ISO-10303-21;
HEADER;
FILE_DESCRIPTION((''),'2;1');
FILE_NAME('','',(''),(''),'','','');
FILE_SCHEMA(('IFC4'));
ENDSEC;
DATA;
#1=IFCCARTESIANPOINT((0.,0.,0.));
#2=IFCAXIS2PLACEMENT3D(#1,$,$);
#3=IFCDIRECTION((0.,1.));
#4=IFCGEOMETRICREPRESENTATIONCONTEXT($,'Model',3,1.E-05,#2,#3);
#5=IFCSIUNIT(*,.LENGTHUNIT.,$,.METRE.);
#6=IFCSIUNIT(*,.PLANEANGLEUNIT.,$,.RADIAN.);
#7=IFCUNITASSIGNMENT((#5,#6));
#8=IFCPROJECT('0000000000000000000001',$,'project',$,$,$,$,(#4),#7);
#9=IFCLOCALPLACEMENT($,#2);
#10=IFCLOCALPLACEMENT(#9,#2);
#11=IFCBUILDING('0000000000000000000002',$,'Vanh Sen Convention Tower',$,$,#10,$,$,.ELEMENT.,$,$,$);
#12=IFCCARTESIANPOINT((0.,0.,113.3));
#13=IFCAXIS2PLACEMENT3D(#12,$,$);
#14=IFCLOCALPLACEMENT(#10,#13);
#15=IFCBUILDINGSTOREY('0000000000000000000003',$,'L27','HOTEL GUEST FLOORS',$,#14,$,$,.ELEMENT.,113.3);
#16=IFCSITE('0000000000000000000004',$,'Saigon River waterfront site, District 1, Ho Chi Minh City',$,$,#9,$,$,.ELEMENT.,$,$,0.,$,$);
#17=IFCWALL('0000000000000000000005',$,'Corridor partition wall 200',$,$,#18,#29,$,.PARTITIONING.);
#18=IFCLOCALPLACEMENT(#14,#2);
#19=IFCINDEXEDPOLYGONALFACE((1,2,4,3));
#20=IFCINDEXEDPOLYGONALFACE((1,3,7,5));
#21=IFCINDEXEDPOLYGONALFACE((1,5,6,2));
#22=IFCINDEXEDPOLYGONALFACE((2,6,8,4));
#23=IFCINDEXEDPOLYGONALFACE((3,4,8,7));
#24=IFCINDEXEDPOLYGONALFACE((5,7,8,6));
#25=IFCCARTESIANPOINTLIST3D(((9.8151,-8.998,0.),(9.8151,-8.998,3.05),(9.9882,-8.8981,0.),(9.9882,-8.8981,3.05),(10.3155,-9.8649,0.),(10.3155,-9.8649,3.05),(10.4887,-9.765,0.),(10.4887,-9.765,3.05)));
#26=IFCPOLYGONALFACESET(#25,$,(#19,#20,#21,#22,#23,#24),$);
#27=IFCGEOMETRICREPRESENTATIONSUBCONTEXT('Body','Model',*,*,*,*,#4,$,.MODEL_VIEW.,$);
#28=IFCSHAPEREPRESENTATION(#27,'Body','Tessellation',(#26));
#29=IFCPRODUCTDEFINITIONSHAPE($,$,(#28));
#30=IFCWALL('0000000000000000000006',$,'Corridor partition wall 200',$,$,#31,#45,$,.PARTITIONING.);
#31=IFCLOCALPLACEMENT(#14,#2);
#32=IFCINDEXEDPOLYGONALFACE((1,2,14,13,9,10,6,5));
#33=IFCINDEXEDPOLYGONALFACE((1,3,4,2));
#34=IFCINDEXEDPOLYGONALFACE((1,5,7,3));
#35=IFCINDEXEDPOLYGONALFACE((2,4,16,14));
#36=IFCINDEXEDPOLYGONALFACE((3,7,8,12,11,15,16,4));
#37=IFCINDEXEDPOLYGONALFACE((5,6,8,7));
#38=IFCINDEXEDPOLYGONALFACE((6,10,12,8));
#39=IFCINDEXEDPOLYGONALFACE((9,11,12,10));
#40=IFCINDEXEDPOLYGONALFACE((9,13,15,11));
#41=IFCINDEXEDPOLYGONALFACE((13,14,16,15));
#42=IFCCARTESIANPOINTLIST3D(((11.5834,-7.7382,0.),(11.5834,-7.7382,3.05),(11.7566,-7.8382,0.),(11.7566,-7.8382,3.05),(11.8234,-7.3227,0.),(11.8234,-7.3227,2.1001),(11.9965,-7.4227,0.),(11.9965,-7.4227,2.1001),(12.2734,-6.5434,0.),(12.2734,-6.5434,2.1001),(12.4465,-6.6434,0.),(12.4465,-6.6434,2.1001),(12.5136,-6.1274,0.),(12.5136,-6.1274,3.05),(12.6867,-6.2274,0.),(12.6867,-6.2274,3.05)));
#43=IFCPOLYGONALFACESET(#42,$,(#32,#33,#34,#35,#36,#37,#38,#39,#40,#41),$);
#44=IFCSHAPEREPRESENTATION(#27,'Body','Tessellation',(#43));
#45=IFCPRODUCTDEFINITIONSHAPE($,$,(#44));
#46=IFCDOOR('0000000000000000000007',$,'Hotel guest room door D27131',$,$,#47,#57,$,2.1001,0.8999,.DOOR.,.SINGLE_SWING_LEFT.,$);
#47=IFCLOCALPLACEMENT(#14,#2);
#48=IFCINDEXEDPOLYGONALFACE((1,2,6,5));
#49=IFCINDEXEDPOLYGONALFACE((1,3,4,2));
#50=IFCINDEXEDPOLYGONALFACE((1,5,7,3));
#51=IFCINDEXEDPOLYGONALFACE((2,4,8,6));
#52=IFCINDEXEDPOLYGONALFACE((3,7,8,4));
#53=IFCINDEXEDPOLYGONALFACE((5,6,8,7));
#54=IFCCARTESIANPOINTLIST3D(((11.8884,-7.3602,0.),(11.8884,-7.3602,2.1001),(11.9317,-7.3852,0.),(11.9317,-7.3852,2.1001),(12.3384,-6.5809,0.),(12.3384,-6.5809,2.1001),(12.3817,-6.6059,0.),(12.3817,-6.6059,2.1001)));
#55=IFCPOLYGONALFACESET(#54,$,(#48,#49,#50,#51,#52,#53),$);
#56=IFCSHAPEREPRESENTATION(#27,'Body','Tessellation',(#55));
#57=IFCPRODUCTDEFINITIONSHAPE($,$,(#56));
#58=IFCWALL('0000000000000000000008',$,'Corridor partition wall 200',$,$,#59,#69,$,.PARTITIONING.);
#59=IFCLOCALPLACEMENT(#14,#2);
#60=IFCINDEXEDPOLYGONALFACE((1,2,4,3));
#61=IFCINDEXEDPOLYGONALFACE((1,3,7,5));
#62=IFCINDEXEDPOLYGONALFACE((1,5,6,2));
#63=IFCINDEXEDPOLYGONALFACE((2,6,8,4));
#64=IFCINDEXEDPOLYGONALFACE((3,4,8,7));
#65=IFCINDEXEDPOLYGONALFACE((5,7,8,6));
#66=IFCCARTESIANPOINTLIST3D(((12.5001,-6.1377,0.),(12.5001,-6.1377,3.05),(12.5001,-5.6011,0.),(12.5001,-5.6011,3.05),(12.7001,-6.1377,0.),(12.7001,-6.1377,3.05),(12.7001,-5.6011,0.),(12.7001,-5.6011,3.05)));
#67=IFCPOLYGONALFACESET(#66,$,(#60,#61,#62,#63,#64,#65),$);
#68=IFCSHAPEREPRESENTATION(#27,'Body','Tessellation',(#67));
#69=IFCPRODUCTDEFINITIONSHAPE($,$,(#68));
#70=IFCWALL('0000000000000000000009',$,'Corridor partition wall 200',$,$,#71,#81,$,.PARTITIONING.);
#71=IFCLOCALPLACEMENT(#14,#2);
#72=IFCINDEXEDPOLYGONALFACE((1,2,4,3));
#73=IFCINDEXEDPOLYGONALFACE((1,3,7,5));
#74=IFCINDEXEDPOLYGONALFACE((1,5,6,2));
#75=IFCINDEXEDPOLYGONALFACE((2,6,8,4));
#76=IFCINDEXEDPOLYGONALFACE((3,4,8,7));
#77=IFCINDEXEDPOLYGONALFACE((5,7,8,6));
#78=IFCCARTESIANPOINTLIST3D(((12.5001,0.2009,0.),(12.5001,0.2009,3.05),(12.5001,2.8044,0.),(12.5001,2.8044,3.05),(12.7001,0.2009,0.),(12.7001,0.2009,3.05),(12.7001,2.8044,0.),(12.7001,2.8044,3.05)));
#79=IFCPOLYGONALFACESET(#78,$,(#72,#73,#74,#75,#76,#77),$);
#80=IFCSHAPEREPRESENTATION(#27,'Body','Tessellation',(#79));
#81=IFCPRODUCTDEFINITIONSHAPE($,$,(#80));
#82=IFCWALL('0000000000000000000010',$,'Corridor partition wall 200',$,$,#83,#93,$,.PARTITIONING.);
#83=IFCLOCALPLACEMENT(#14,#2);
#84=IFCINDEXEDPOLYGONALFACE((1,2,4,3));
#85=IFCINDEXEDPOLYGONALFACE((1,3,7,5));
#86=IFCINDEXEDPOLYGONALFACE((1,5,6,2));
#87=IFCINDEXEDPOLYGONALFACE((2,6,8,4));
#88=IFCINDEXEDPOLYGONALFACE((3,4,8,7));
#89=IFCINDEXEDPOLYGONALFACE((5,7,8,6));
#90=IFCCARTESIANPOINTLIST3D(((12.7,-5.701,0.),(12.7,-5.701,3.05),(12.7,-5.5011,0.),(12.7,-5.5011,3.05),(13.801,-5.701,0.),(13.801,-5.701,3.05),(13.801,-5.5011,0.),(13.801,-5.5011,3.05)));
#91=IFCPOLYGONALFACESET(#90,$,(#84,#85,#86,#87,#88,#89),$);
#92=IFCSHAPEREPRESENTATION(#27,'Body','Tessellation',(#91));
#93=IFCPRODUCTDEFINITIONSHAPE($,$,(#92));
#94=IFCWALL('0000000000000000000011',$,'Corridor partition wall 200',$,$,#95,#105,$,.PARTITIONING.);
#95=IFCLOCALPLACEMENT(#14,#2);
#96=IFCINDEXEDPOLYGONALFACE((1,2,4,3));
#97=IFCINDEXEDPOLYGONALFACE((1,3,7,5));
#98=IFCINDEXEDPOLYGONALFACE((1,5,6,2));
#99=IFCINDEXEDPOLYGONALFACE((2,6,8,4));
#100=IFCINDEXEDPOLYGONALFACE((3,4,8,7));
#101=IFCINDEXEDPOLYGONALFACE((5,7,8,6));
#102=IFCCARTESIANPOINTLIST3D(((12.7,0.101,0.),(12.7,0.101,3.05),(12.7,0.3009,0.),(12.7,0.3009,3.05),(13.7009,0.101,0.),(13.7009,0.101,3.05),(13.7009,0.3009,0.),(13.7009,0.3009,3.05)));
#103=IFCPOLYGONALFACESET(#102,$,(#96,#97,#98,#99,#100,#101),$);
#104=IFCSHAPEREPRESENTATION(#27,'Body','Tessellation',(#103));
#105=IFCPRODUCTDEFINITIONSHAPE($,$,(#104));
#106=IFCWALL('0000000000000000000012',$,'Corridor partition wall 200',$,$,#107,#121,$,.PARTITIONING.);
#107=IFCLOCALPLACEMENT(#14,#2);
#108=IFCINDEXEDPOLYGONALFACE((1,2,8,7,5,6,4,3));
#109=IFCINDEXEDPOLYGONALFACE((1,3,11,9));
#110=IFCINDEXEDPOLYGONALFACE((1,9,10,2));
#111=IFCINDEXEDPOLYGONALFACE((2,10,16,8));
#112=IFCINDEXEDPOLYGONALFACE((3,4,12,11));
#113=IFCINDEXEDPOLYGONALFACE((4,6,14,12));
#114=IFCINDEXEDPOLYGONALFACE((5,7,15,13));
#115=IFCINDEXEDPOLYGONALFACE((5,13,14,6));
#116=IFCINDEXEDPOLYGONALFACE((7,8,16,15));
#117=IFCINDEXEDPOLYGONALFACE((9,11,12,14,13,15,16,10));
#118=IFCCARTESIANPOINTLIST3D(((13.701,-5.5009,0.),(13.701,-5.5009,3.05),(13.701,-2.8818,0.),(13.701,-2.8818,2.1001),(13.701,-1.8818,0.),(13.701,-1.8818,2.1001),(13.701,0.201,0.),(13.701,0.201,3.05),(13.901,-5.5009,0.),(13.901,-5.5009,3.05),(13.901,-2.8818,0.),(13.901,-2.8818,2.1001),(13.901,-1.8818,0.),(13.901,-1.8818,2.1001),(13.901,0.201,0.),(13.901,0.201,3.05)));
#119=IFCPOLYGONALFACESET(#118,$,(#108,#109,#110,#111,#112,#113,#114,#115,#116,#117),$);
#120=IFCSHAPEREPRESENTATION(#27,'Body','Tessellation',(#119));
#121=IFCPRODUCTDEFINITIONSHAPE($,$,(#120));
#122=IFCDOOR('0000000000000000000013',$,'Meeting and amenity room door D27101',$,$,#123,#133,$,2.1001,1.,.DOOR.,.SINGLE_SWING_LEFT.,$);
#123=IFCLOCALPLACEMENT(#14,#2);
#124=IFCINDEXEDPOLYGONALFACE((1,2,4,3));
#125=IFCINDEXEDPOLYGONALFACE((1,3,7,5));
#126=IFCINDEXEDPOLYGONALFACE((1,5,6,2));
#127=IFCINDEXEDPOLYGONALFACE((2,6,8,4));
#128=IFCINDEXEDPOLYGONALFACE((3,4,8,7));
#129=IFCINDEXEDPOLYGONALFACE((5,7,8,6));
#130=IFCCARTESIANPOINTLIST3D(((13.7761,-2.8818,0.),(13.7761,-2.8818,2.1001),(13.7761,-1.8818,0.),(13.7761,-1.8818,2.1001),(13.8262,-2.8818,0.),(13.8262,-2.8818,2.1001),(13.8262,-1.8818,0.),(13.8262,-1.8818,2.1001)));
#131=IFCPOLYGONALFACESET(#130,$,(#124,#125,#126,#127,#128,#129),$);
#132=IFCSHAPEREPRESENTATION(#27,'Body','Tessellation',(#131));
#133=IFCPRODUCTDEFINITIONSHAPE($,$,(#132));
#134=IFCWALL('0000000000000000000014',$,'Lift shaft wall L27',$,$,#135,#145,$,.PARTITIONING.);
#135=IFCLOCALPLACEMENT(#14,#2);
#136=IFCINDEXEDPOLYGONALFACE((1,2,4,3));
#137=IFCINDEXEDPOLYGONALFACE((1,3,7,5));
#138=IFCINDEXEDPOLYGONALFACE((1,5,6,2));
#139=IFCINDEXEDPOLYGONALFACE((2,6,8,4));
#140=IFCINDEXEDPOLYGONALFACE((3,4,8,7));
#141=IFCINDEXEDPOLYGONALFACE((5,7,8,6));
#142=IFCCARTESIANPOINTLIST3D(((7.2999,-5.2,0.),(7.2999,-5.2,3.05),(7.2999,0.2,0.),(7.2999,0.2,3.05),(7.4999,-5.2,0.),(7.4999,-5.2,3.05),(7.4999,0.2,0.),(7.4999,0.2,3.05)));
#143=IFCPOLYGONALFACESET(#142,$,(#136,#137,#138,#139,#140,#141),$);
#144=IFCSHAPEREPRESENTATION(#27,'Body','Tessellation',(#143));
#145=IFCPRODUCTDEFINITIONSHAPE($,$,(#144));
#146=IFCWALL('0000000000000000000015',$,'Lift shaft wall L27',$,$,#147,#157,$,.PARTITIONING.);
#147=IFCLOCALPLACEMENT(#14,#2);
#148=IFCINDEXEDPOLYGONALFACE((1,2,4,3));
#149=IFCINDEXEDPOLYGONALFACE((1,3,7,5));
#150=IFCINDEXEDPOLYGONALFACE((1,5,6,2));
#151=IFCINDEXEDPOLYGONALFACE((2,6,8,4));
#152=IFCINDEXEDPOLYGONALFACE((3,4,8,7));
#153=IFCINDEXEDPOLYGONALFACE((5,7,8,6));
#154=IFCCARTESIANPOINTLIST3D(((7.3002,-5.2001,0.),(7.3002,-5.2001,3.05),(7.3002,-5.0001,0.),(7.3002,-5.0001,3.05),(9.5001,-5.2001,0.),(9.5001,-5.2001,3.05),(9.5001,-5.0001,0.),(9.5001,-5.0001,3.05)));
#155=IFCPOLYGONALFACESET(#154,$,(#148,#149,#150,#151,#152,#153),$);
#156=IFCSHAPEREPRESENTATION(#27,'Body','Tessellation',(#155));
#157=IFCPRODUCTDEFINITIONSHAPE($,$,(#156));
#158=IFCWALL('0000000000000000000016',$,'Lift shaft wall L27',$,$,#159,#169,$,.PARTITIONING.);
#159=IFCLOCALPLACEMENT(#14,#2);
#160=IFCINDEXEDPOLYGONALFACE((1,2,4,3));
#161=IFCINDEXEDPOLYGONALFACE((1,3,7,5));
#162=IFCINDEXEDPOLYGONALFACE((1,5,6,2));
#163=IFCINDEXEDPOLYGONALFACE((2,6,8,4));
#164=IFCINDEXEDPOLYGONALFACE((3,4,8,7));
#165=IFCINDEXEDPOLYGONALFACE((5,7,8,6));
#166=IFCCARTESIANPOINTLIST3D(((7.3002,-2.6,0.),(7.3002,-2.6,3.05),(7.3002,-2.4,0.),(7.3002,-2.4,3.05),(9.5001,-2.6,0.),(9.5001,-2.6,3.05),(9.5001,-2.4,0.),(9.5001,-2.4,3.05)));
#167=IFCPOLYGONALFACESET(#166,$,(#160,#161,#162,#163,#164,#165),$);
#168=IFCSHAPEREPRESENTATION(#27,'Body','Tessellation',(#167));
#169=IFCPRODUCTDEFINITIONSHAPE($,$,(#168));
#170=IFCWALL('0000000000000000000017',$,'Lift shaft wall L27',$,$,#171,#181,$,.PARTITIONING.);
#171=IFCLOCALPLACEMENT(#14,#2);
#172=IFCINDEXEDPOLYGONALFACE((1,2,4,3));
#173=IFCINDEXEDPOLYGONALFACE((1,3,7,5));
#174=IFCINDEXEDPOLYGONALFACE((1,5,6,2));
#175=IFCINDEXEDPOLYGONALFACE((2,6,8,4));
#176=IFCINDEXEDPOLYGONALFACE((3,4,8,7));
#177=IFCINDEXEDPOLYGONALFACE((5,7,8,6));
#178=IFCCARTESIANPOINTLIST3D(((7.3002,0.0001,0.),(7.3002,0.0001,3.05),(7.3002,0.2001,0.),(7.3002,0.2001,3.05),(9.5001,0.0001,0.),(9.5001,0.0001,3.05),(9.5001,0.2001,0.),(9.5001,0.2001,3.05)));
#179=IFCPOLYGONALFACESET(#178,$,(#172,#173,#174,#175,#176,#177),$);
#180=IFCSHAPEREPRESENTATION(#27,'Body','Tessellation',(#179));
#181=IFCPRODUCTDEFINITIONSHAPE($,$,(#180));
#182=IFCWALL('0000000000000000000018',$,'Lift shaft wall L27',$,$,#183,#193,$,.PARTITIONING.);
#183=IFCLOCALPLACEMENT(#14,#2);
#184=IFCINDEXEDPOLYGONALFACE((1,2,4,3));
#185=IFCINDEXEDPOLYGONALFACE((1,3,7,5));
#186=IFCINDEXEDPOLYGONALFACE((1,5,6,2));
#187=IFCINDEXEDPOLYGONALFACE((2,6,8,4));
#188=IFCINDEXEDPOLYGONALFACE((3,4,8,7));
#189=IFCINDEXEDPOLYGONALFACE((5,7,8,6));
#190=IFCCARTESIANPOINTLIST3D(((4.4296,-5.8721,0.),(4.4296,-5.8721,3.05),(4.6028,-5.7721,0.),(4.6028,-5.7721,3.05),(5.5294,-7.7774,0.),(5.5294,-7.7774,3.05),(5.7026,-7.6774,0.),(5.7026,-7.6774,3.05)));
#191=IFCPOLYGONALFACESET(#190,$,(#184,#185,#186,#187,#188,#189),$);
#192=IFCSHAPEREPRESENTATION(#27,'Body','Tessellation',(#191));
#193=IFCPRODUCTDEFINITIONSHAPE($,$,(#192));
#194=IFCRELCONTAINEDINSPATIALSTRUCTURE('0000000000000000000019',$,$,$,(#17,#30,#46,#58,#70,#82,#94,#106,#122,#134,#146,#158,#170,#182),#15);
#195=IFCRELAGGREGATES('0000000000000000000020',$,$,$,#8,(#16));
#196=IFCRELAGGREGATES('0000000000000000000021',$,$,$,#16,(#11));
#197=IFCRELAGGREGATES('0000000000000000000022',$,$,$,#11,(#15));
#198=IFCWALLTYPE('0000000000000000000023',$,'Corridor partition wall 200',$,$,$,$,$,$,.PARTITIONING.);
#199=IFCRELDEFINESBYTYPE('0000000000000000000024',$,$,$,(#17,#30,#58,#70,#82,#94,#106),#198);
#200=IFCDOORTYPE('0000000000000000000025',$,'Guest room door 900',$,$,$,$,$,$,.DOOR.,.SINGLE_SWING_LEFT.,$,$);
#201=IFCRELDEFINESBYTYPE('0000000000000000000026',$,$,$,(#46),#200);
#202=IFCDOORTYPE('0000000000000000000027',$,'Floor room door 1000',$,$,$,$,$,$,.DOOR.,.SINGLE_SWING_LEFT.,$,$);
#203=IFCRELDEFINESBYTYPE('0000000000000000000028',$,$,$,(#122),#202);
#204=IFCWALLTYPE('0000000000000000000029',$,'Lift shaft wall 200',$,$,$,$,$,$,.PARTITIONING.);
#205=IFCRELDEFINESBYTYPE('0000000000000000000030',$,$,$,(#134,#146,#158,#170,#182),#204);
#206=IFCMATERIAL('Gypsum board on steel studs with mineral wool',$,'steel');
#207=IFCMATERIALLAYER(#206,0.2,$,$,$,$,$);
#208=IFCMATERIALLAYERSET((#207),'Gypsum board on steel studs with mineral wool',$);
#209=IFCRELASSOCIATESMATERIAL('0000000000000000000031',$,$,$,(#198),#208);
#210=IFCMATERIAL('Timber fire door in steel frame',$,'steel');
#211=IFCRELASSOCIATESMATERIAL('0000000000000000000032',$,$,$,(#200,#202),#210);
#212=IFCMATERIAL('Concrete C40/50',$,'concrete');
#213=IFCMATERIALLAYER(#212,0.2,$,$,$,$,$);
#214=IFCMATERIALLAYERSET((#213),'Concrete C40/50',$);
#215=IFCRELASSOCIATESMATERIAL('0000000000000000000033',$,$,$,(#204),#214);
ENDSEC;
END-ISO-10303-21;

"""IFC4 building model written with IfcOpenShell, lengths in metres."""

from ifc_helpers import new_model, si_unit, direction, frame, frame_2d, origin, place, context, subcontext, project, spatial, rectangle, extrude, material, layer, layer_set, type_object, element, fill, save


model = new_model("IFC4")

# Units and contexts
model_context = context("Model", 3, precision=1e-05, world=origin(), true_north=direction((0.0, 1.0)))
body_context = subcontext(model_context, "Body", "Model", "MODEL_VIEW")
ifc_project = project(units=[si_unit("LENGTHUNIT", "METRE"), si_unit("PLANEANGLEUNIT", "RADIAN")], contexts=[model_context])

# Site, building, storey
site_placement = place(None, origin())
site = spatial("IfcSite", under=ifc_project, at=site_placement, Name="Saigon River waterfront site, District 1, Ho Chi Minh City", CompositionType="ELEMENT", RefElevation=0.0)
building_placement = place(site_placement, origin())
building = spatial("IfcBuilding", under=site, at=building_placement, Name="Vanh Sen Convention Tower", CompositionType="ELEMENT")
storey_placement = place(building_placement, frame((0.0, 0.0, 113.3)))
storey = spatial("IfcBuildingStorey", under=building, at=storey_placement, Name="L27", Description="HOTEL GUEST FLOORS", CompositionType="ELEMENT", Elevation=113.3)

# Shared definitions
ifc_material_1 = material(Name="Gypsum board on steel studs with mineral wool", Category="steel")
ifc_layer_1 = layer(ifc_material_1, 0.2)
ifc_layer_set_1 = layer_set([ifc_layer_1], Name="Gypsum board on steel studs with mineral wool")
wall_type_1 = type_object("IfcWallType", Name="Corridor partition wall 200", PredefinedType="PARTITIONING", material=ifc_layer_set_1)

# Shared definitions
ifc_material_2 = material(Name="Timber fire door in steel frame", Category="steel")
door_type_1 = type_object("IfcDoorType", Name="Guest room door 900", OperationType="SINGLE_SWING_LEFT", PredefinedType="DOOR", material=ifc_material_2)

# Wall
wall_1_placement = place(storey_placement, frame((10.4021, -9.8149, 0.0), z_axis=(0.0, 0.0, 1.0), x_axis=(-0.499969, 0.866043, 0.0)))
element("IfcWall", 1, at=wall_1_placement, inside=storey, type_object=wall_type_1, Name="Corridor partition wall 200", PredefinedType="PARTITIONING", context=body_context, shape_type="SweptSolid", body=[
    extrude(rectangle(XDim=1.001, YDim=0.2, at=frame_2d((0.5005, 0.0))), origin(), (0.0, 0.0, 1.0), 3.05),
])

# Wall, opening, door
wall_2_placement = place(storey_placement, frame((11.6699, -7.7883, 0.0), z_axis=(0.0, 0.0, 1.0), x_axis=(0.500063, 0.865989, 0.0)))
wall_2 = element("IfcWall", 2, at=wall_2_placement, inside=storey, type_object=wall_type_1, Name="Corridor partition wall 200", PredefinedType="PARTITIONING", context=body_context, shape_type="SweptSolid", body=[
    extrude(rectangle(XDim=1.8601, YDim=0.2, at=frame_2d((0.9302, 0.0))), origin(), (0.0, 0.0, 1.0), 3.05),
])
opening_1_placement = place(wall_2_placement, frame((0.48, 0.0, 0.0)))
opening_1 = element("IfcOpeningElement", 3, at=opening_1_placement, cuts=wall_2, PredefinedType="OPENING", context=body_context, shape_type="SweptSolid", body=[
    extrude(rectangle(XDim=0.8999, YDim=2.1001, at=frame_2d((0.45, 1.05))), frame((0.0, 0.1099, 0.0), z_axis=(0.0, -1.0, 0.0), x_axis=(1.0, 0.0, 0.0)), (0.0, 0.0, 1.0), 0.22),
])
door_1_placement = place(opening_1_placement, origin())
door_1 = element("IfcDoor", 4, at=door_1_placement, inside=storey, type_object=door_type_1, Name="Hotel guest room door D27131", OperationType="SINGLE_SWING_LEFT", OverallHeight=2.1001, OverallWidth=0.8999, PredefinedType="DOOR", context=body_context, shape_type="SweptSolid", body=[
    extrude(rectangle(XDim=0.8999, YDim=2.1001, at=frame_2d((0.45, 1.05))), frame((0.0, 0.0249, 0.0), z_axis=(0.0, -1.0, 0.0), x_axis=(1.0, 0.0, 0.0)), (0.0, 0.0, 1.0), 0.05),
])
fill(opening_1, door_1)

# Walls
wall_3_placement = place(storey_placement, frame((12.6001, -6.1377, 0.0), z_axis=(0.0, 0.0, 1.0), x_axis=(0.0, 1.0, 0.0)))
element("IfcWall", 5, at=wall_3_placement, inside=storey, type_object=wall_type_1, Name="Corridor partition wall 200", PredefinedType="PARTITIONING", context=body_context, shape_type="SweptSolid", body=[
    extrude(rectangle(XDim=0.5366, YDim=0.2, at=frame_2d((0.2683, 0.0))), origin(), (0.0, 0.0, 1.0), 3.05),
])
wall_4_placement = place(storey_placement, frame((12.6001, 0.2009, 0.0), z_axis=(0.0, 0.0, 1.0), x_axis=(0.0, 1.0, 0.0)))
element("IfcWall", 6, at=wall_4_placement, inside=storey, type_object=wall_type_1, Name="Corridor partition wall 200", PredefinedType="PARTITIONING", context=body_context, shape_type="SweptSolid", body=[
    extrude(rectangle(XDim=2.6035, YDim=0.2, at=frame_2d((1.3018, 0.0))), origin(), (0.0, 0.0, 1.0), 3.05),
])
wall_5_placement = place(storey_placement, frame((12.7, -5.6011, 0.0), z_axis=(0.0, 0.0, 1.0), x_axis=(1.0, 0.0, 0.0)))
element("IfcWall", 7, at=wall_5_placement, inside=storey, type_object=wall_type_1, Name="Corridor partition wall 200", PredefinedType="PARTITIONING", context=body_context, shape_type="SweptSolid", body=[
    extrude(rectangle(XDim=1.1011, YDim=0.2, at=frame_2d((0.5505, 0.0))), origin(), (0.0, 0.0, 1.0), 3.05),
])
wall_6_placement = place(storey_placement, frame((13.7009, 0.2009, 0.0), z_axis=(0.0, 0.0, 1.0), x_axis=(-1.0, 0.0, 0.0)))
element("IfcWall", 8, at=wall_6_placement, inside=storey, type_object=wall_type_1, Name="Corridor partition wall 200", PredefinedType="PARTITIONING", context=body_context, shape_type="SweptSolid", body=[
    extrude(rectangle(XDim=1.001, YDim=0.2, at=frame_2d((0.5005, 0.0))), origin(), (0.0, 0.0, 1.0), 3.05),
])

# Wall, opening, door
wall_7_placement = place(storey_placement, frame((13.801, -5.501, 0.0), z_axis=(0.0, 0.0, 1.0), x_axis=(0.0, 1.0, 0.0)))
wall_7 = element("IfcWall", 9, at=wall_7_placement, inside=storey, type_object=wall_type_1, Name="Corridor partition wall 200", PredefinedType="PARTITIONING", context=body_context, shape_type="SweptSolid", body=[
    extrude(rectangle(XDim=5.7019, YDim=0.2, at=frame_2d((2.8511, 0.0))), origin(), (0.0, 0.0, 1.0), 3.05),
])
opening_2_placement = place(wall_7_placement, frame((2.6191, 0.0, 0.0)))
opening_2 = element("IfcOpeningElement", 10, at=opening_2_placement, cuts=wall_7, PredefinedType="OPENING", context=body_context, shape_type="SweptSolid", body=[
    extrude(rectangle(XDim=1.0, YDim=2.1001, at=frame_2d((0.5, 1.05))), frame((0.0, 0.1099, 0.0), z_axis=(0.0, -1.0, 0.0), x_axis=(1.0, 0.0, 0.0)), (0.0, 0.0, 1.0), 0.22),
])
door_type_2 = type_object("IfcDoorType", Name="Floor room door 1000", OperationType="SINGLE_SWING_LEFT", PredefinedType="DOOR", material=ifc_material_2)
door_2_placement = place(opening_2_placement, origin())
door_2 = element("IfcDoor", 11, at=door_2_placement, inside=storey, type_object=door_type_2, Name="Meeting and amenity room door D27101", OperationType="SINGLE_SWING_LEFT", OverallHeight=2.1001, OverallWidth=1.0, PredefinedType="DOOR", context=body_context, shape_type="SweptSolid", body=[
    extrude(rectangle(XDim=1.0, YDim=2.1001, at=frame_2d((0.5, 1.05))), frame((0.0, 0.0249, 0.0), z_axis=(0.0, -1.0, 0.0), x_axis=(1.0, 0.0, 0.0)), (0.0, 0.0, 1.0), 0.05),
])
fill(opening_2, door_2)

# Walls
ifc_material_3 = material(Name="Concrete C40/50", Category="concrete")
ifc_layer_2 = layer(ifc_material_3, 0.2)
ifc_layer_set_2 = layer_set([ifc_layer_2], Name="Concrete C40/50")
wall_type_2 = type_object("IfcWallType", Name="Lift shaft wall 200", PredefinedType="PARTITIONING", material=ifc_layer_set_2)
wall_8_placement = place(storey_placement, frame((7.3999, -5.2, 0.0), z_axis=(0.0, 0.0, 1.0), x_axis=(0.0, 1.0, 0.0)))
element("IfcWall", 12, at=wall_8_placement, inside=storey, type_object=wall_type_2, Name="Lift shaft wall L27", PredefinedType="PARTITIONING", context=body_context, shape_type="SweptSolid", body=[
    extrude(rectangle(XDim=5.3999, YDim=0.2, at=frame_2d((2.7, 0.0))), origin(), (0.0, 0.0, 1.0), 3.05),
])
for number, where, z_axis, x_axis, name in (
    (13, (7.3, -5.1001, 0.0), (0.0, 0.0, 1.0), (1.0, 0.0, 0.0), "Lift shaft wall L27"),
    (14, (7.3, -2.5, 0.0), (0.0, 0.0, 1.0), (1.0, 0.0, 0.0), "Lift shaft wall L27"),
    (15, (7.3, 0.1001, 0.0), (0.0, 0.0, 1.0), (1.0, 0.0, 0.0), "Lift shaft wall L27"),
    (16, (4.5161, -5.822, 0.0), (0.0, 0.0, 1.0), (0.499947, -0.866056, 0.0), "Lift shaft wall L27"),
):
    element("IfcWall", number, at=place(storey_placement, frame(where, z_axis=z_axis, x_axis=x_axis)), inside=storey, type_object=wall_type_2, Name=name, PredefinedType="PARTITIONING", context=body_context, shape_type="SweptSolid", body=[
        extrude(rectangle(XDim=2.2, YDim=0.2, at=frame_2d((1.1001, 0.0))), origin(), (0.0, 0.0, 1.0), 3.05),
    ])

save(model, "model.ifc")
